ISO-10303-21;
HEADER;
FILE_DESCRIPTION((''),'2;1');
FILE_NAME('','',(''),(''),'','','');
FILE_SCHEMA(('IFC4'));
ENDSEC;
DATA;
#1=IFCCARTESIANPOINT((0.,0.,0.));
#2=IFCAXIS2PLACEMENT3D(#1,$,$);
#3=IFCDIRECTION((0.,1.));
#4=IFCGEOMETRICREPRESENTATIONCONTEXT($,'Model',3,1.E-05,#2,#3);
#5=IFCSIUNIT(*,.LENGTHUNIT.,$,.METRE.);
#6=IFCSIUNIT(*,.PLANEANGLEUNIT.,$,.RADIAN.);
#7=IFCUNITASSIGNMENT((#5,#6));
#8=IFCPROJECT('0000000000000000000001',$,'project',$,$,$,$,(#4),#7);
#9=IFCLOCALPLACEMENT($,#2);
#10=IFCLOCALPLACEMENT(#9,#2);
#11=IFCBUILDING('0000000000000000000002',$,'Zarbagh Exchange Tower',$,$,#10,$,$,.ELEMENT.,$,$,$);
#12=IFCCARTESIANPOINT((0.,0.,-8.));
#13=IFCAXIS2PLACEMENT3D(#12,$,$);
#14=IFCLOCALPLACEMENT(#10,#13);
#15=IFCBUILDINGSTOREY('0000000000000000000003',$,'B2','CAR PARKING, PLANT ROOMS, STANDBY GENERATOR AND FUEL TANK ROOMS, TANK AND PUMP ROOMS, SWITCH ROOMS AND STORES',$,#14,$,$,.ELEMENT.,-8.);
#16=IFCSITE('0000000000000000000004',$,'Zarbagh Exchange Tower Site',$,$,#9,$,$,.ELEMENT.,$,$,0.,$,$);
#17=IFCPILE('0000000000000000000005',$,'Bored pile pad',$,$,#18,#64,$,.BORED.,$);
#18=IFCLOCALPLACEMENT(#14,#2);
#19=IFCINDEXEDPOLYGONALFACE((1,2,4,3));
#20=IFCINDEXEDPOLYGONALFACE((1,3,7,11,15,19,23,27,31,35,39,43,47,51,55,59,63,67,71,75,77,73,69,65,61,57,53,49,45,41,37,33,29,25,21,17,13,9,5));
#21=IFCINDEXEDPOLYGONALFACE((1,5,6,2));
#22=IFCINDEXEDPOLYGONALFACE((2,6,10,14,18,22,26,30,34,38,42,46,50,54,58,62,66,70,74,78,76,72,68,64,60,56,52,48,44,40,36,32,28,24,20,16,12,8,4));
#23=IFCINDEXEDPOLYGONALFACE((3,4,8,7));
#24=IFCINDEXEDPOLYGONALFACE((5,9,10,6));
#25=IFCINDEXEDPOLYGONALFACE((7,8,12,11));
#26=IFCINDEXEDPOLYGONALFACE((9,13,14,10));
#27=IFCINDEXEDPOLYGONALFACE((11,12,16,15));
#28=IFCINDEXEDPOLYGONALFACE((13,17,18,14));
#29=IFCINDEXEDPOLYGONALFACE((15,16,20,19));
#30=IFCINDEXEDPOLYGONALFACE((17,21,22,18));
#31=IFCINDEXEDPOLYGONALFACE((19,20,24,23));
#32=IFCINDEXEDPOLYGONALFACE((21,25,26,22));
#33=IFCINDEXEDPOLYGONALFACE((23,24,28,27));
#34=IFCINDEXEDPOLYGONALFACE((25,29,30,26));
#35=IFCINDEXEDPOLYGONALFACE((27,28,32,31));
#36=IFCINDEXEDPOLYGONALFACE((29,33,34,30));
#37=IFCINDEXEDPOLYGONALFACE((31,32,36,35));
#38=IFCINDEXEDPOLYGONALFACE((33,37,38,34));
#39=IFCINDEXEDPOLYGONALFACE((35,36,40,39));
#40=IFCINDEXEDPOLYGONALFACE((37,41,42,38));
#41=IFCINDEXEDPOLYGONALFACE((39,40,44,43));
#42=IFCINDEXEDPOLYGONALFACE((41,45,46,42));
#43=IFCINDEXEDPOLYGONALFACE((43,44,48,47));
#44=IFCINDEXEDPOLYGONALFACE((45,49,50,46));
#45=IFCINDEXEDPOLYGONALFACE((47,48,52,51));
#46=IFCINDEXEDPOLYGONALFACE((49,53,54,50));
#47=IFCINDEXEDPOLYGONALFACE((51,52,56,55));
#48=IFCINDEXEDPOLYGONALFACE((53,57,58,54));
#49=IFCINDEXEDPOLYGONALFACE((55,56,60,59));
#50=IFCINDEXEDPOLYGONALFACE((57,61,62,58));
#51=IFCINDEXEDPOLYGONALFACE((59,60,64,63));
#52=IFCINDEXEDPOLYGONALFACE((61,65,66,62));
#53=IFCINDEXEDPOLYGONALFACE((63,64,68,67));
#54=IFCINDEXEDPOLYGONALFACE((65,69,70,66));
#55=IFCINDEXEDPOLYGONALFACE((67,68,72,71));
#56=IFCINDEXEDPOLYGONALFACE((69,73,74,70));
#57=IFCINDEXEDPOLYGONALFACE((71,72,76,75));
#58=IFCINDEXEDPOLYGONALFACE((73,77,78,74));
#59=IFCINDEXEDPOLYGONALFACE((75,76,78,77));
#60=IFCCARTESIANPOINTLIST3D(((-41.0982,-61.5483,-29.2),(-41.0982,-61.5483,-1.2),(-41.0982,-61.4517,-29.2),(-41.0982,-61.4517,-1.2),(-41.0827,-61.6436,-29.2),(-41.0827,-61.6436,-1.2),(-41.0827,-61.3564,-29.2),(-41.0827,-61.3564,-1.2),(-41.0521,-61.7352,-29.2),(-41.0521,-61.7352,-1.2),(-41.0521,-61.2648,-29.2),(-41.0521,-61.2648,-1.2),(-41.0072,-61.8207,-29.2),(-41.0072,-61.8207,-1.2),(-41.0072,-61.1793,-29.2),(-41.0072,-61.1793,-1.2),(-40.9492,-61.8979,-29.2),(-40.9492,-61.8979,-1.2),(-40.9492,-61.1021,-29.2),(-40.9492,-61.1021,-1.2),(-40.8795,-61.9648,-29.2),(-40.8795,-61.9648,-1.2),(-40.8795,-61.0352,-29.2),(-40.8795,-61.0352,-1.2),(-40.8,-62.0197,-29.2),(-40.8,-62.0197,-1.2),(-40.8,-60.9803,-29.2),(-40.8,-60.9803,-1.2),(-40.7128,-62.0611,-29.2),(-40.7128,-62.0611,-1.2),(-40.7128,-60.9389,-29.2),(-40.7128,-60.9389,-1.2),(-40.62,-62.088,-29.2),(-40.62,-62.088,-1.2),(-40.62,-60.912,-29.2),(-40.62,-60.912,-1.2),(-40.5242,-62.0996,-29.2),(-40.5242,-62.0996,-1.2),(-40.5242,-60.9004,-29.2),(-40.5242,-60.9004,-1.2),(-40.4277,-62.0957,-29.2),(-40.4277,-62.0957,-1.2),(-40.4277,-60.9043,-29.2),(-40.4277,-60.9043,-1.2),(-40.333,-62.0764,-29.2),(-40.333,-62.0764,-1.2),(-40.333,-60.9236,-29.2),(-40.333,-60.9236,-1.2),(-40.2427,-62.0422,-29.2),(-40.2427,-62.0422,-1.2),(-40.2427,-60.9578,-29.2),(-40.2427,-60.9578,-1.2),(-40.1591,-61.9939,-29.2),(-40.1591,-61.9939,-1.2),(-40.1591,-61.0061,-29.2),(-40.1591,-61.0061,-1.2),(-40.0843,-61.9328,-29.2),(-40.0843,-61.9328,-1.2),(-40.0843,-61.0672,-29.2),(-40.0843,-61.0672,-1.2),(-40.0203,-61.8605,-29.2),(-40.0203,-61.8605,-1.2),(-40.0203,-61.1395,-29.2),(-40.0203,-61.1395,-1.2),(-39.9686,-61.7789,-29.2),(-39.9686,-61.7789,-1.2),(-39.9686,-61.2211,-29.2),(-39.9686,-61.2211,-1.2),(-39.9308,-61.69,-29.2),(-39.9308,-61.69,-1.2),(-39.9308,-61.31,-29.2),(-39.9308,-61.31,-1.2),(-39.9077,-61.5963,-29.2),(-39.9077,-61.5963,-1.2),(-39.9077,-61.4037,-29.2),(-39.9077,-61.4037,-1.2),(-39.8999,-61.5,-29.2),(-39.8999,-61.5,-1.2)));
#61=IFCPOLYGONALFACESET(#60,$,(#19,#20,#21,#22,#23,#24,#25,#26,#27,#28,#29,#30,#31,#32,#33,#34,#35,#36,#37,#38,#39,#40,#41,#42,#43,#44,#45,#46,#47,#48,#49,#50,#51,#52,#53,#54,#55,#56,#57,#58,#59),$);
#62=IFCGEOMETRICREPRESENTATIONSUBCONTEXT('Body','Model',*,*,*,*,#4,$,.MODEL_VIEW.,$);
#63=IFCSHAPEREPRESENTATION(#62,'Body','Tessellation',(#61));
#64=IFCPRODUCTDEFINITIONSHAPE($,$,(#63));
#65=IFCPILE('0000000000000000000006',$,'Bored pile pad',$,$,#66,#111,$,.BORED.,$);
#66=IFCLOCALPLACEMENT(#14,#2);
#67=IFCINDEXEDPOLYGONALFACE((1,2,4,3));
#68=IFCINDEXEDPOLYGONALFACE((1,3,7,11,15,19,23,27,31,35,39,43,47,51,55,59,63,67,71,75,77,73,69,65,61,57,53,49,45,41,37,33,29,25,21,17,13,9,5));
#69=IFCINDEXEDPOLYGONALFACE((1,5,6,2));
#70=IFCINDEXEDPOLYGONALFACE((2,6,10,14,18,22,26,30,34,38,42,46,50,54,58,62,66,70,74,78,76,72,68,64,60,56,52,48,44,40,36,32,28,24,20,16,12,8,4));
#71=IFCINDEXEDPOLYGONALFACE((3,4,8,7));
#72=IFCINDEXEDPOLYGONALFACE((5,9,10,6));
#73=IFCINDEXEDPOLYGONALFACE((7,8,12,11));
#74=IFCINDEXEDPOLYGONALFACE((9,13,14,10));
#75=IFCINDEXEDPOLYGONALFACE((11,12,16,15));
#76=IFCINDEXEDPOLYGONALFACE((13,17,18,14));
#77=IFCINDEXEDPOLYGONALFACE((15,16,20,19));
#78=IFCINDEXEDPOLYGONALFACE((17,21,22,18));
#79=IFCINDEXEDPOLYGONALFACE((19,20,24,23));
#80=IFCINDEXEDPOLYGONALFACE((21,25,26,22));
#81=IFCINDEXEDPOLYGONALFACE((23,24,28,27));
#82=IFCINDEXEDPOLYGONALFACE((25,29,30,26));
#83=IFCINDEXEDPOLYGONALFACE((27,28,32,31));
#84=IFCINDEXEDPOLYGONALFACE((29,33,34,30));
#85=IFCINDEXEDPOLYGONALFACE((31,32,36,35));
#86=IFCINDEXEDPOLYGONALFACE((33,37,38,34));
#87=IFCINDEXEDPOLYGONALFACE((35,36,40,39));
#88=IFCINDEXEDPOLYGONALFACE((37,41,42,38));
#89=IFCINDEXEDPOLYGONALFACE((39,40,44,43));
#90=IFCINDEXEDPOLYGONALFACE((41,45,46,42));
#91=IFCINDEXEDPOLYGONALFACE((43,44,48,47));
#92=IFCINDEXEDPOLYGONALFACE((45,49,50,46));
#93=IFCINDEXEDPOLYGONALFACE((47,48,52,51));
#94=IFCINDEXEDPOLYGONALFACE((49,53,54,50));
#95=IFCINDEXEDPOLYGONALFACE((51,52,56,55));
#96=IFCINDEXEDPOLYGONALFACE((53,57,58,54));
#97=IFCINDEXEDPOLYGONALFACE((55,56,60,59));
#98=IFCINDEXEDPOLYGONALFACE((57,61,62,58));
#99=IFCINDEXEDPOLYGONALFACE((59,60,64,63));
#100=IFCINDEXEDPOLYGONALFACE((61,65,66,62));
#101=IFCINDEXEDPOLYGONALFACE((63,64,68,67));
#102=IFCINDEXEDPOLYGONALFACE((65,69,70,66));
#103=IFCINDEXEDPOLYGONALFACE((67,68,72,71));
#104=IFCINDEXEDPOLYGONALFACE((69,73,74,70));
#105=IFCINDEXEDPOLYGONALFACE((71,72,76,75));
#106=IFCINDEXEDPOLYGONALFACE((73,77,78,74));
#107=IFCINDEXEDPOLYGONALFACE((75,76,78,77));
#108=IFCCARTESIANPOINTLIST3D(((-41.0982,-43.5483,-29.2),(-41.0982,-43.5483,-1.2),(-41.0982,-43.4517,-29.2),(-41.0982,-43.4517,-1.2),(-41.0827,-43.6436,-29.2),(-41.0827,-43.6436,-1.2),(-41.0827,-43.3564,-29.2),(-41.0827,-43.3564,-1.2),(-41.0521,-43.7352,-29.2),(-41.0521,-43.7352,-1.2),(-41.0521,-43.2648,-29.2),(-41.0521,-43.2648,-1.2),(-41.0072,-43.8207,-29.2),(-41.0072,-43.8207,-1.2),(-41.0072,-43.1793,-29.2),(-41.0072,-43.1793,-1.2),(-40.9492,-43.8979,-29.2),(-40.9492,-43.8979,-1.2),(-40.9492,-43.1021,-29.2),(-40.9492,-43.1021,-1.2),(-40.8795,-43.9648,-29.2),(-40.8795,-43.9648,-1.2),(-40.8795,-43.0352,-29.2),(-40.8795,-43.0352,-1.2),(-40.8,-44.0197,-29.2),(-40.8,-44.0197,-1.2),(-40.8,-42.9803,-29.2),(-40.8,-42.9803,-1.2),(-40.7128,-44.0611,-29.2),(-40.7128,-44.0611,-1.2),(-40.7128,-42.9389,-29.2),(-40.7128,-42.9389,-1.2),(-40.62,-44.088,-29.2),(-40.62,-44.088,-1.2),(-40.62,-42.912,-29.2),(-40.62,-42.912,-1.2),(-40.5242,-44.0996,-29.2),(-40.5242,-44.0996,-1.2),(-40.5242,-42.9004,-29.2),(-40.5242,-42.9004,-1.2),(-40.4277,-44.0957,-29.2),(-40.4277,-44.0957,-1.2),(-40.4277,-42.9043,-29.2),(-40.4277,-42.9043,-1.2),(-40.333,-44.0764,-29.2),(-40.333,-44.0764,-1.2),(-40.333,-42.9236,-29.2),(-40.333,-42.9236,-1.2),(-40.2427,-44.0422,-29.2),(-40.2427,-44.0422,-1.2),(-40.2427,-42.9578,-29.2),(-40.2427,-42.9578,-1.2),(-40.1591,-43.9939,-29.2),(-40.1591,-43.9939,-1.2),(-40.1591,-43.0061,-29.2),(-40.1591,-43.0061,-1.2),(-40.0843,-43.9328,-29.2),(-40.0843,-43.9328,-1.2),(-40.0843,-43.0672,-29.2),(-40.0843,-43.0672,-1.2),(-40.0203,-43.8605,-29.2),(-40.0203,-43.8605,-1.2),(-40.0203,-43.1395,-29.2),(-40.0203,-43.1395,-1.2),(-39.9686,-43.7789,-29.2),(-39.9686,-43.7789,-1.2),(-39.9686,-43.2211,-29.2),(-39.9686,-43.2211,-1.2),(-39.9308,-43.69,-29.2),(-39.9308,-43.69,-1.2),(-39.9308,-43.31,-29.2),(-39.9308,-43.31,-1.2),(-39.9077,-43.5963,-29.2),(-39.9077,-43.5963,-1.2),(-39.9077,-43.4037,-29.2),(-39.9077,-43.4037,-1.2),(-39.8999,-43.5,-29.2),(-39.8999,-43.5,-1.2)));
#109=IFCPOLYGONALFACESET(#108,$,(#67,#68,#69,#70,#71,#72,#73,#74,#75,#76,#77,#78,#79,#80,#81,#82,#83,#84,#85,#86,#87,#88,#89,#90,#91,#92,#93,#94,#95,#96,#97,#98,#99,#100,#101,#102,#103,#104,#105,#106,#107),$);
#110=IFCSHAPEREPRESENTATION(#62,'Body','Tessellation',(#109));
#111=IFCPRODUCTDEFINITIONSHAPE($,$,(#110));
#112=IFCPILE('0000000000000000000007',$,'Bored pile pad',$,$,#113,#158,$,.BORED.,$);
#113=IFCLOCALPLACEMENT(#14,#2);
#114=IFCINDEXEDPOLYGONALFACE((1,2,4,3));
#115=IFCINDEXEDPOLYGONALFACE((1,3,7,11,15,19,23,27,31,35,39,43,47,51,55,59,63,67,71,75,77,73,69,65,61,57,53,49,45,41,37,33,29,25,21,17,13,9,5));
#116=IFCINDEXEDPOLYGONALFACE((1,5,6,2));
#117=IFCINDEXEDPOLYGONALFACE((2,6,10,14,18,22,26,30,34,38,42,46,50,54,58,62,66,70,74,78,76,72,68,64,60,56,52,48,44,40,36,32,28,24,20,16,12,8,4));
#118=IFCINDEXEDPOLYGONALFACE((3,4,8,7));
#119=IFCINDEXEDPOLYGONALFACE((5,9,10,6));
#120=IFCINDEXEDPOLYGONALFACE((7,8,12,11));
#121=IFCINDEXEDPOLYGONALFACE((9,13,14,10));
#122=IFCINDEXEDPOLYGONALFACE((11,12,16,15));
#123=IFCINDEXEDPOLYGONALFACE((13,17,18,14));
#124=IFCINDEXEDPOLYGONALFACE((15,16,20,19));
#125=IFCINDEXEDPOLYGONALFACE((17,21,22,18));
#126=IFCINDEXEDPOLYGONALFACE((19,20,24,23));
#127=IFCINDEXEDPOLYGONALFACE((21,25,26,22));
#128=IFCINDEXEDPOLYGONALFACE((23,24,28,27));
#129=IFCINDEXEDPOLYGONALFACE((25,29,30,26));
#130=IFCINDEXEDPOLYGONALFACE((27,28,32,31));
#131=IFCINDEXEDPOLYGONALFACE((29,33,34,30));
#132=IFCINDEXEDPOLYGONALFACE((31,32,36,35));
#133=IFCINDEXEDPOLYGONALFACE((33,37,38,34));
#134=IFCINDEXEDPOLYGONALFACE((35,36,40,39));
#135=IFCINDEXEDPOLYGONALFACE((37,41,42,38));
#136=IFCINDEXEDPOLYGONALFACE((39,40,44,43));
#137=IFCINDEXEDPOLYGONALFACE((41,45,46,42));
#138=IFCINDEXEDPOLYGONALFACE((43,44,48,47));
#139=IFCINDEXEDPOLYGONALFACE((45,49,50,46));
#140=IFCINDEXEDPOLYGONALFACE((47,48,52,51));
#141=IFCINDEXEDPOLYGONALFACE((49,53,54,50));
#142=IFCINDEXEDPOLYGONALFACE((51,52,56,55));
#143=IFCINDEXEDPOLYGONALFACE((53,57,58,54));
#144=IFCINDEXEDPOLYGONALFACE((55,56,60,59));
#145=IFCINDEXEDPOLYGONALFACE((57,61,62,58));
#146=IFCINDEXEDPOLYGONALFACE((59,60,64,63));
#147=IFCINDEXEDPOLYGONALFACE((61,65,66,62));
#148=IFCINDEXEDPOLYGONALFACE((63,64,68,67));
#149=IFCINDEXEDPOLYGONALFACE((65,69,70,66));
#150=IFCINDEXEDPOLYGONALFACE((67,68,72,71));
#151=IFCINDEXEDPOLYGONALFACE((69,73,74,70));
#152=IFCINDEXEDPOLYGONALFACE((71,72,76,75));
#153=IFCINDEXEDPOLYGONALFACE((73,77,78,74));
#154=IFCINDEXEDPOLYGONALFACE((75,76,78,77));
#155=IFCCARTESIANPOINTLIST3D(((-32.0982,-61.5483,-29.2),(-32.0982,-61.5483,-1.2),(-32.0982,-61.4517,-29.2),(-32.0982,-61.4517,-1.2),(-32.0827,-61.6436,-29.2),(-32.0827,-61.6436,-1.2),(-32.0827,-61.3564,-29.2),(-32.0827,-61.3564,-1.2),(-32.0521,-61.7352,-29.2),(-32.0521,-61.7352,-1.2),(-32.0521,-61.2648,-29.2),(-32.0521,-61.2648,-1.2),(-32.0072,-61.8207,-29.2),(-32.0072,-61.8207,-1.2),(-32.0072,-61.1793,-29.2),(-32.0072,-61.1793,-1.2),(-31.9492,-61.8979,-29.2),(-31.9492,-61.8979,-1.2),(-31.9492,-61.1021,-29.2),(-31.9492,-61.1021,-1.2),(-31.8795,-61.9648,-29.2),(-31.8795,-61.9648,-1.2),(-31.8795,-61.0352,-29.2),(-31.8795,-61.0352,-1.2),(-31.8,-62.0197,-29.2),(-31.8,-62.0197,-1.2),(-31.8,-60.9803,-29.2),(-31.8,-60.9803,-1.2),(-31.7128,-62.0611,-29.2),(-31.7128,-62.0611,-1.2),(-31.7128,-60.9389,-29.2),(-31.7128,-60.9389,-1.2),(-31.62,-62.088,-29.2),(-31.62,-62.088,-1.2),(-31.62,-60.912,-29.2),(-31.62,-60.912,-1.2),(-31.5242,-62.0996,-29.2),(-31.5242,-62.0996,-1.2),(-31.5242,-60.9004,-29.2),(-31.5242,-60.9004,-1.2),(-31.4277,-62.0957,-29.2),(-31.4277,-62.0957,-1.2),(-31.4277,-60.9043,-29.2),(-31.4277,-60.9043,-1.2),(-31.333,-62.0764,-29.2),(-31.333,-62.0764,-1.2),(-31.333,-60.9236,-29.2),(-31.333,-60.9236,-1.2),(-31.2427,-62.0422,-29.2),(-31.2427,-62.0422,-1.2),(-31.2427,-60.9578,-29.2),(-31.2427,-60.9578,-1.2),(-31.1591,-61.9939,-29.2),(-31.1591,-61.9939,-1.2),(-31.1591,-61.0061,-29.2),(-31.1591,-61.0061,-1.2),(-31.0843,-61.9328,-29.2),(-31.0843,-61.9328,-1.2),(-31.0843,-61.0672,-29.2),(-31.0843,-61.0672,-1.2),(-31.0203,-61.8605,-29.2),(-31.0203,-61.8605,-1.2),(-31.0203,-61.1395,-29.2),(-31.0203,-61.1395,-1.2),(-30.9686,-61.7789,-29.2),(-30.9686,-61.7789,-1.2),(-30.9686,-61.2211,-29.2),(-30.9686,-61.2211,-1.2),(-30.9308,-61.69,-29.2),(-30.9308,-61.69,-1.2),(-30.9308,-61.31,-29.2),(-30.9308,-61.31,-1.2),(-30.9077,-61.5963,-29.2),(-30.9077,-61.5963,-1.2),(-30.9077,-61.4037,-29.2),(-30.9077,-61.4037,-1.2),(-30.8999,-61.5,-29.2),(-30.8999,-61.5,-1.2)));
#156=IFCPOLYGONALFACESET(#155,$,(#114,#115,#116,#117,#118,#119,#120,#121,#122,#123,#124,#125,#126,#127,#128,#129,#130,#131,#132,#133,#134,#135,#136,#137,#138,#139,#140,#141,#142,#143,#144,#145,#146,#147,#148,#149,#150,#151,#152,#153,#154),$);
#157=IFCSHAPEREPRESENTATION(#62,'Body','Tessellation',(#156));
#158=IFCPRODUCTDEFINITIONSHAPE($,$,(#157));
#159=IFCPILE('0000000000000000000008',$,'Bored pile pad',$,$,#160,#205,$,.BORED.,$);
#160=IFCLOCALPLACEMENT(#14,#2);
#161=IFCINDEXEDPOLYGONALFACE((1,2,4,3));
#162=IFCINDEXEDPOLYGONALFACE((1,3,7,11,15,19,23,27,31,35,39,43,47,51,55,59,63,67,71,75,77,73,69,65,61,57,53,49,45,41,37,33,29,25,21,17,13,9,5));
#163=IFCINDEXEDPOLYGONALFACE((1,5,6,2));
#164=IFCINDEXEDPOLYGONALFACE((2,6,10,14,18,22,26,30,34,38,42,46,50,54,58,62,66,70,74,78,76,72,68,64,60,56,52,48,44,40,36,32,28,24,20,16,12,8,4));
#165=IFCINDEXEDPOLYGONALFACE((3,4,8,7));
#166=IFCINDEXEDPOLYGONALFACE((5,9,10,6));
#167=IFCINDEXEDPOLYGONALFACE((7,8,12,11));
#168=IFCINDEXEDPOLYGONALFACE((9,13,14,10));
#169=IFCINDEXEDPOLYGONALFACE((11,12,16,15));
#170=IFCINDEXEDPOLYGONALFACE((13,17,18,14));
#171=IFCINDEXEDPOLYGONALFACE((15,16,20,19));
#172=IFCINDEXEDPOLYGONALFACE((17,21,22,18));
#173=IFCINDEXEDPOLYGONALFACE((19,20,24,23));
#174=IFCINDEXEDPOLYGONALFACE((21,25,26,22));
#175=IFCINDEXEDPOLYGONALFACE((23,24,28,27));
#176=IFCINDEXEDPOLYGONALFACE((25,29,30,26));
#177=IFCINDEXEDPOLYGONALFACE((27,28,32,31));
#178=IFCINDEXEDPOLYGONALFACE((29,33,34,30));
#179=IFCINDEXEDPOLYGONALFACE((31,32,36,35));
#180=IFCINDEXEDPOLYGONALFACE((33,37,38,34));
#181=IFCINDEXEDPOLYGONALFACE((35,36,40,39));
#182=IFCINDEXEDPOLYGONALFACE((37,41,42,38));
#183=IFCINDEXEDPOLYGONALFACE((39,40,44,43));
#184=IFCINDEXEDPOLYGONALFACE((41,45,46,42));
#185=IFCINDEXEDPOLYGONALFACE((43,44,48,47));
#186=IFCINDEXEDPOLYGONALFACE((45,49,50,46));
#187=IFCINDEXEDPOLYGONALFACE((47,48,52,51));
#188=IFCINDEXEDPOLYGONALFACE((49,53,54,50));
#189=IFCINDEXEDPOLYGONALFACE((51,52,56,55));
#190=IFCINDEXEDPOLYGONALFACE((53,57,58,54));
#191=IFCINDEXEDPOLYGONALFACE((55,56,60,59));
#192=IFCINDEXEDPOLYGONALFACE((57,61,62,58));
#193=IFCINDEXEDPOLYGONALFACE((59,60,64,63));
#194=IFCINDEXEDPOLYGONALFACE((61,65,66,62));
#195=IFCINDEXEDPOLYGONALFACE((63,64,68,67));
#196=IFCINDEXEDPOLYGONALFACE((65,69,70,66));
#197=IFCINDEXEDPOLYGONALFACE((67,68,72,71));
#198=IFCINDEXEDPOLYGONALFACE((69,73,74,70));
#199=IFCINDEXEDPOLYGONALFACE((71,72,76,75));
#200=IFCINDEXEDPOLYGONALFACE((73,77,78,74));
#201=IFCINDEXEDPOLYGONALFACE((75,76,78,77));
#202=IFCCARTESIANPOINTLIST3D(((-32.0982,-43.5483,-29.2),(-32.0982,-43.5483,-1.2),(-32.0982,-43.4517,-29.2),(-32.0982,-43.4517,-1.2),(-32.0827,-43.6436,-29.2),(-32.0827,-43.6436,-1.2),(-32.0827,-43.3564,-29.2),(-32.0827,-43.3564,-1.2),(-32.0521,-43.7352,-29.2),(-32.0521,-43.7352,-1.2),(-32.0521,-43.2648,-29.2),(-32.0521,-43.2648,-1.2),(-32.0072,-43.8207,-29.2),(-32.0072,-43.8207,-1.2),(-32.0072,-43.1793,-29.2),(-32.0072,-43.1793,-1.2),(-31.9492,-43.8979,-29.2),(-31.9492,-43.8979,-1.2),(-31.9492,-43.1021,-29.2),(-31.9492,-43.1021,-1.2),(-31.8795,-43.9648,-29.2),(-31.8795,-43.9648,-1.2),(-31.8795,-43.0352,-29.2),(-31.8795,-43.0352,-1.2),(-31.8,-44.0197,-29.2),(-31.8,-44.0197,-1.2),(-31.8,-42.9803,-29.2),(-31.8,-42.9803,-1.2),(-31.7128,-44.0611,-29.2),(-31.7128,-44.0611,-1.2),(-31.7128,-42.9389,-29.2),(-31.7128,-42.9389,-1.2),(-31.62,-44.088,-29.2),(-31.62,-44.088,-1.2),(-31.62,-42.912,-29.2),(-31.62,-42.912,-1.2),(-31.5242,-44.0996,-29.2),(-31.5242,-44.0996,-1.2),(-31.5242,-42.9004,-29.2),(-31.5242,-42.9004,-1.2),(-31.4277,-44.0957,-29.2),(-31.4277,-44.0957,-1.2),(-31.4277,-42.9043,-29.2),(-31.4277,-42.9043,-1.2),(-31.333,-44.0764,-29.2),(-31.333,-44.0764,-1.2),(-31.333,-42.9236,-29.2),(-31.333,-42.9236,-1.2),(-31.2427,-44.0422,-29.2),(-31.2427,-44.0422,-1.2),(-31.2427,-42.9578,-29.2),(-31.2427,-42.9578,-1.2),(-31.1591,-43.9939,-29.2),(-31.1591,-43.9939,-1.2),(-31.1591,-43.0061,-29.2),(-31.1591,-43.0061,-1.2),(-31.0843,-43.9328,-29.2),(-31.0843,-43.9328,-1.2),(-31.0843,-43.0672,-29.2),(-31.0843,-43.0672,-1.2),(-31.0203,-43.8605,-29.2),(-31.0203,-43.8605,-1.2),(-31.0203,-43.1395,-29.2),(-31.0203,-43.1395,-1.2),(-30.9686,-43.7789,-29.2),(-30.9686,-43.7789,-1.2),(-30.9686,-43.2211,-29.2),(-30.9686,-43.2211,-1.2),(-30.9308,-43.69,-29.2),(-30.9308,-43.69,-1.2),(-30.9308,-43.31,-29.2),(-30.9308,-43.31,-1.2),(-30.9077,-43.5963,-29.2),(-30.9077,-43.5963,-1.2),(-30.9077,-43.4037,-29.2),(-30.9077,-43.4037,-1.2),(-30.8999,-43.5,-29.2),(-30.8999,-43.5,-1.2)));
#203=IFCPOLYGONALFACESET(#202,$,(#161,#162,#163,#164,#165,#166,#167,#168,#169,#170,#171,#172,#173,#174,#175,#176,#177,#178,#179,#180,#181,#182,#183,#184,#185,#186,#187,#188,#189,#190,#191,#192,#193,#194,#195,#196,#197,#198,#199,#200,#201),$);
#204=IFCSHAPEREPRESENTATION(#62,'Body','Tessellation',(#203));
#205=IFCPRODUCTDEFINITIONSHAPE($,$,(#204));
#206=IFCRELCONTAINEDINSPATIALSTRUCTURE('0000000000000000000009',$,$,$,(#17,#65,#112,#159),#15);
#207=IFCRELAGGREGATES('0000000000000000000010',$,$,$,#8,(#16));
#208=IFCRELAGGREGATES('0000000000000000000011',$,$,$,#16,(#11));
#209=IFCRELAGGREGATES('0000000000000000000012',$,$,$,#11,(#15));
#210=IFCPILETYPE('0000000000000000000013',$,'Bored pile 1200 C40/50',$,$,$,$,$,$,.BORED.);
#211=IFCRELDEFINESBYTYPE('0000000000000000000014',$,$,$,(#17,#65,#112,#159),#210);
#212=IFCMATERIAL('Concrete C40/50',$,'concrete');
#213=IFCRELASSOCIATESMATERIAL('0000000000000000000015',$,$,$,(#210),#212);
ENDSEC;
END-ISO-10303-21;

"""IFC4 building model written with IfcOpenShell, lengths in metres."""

from ifc_helpers import new_model, si_unit, direction, frame, origin, origin_2d, place, context, subcontext, project, spatial, circle, extrude, material, material_profile, profile_set, type_object, element, save


model = new_model("IFC4")

# Units and contexts
model_context = context("Model", 3, precision=1e-05, world=origin(), true_north=direction((0.0, 1.0)))
body_context = subcontext(model_context, "Body", "Model", "MODEL_VIEW")
ifc_project = project(units=[si_unit("LENGTHUNIT", "METRE"), si_unit("PLANEANGLEUNIT", "RADIAN")], contexts=[model_context])

# Site, building, storey
site_placement = place(None, origin())
site = spatial("IfcSite", under=ifc_project, at=site_placement, Name="Zarbagh Exchange Tower Site", CompositionType="ELEMENT", RefElevation=0.0)
building_placement = place(site_placement, origin())
building = spatial("IfcBuilding", under=site, at=building_placement, Name="Zarbagh Exchange Tower", CompositionType="ELEMENT")
storey_placement = place(building_placement, frame((0.0, 0.0, -8.0)))
storey = spatial("IfcBuildingStorey", under=building, at=storey_placement, Name="B2", Description="CAR PARKING, PLANT ROOMS, STANDBY GENERATOR AND FUEL TANK ROOMS, TANK AND PUMP ROOMS, SWITCH ROOMS AND STORES", CompositionType="ELEMENT", Elevation=-8.0)

# Piles
ifc_material_1 = material(Name="Concrete C40/50", Category="concrete")
ifc_material_profile_1 = material_profile(ifc_material_1, circle(Radius=0.6001, at=origin_2d()), Name="Bored pile 1200 C40/50")
ifc_profile_set_1 = profile_set([ifc_material_profile_1], Name="Concrete C40/50")
pile_type = type_object("IfcPileType", Name="Bored pile 1200 C40/50", PredefinedType="BORED", material=ifc_profile_set_1)
for number, where, z_axis, x_axis, name in (
    (1, (-40.5, -61.5, -1.2), (0.0, 0.0, -1.0), (1.0, 0.0, 0.0), "Bored pile pad"),
    (2, (-40.5, -43.5, -1.2), (0.0, 0.0, -1.0), (1.0, 0.0, 0.0), "Bored pile pad"),
    (3, (-31.5, -61.5, -1.2), (0.0, 0.0, -1.0), (1.0, 0.0, 0.0), "Bored pile pad"),
    (4, (-31.5, -43.5, -1.2), (0.0, 0.0, -1.0), (1.0, 0.0, 0.0), "Bored pile pad"),
):
    element("IfcPile", number, at=place(storey_placement, frame(where, z_axis=z_axis, x_axis=x_axis)), inside=storey, type_object=pile_type, Name=name, PredefinedType="BORED", context=body_context, shape_type="SweptSolid", body=[
        extrude(circle(Radius=0.6001, at=origin_2d()), origin(), (0.0, 0.0, 1.0), 28.0),
    ])

save(model, "model.ifc")
